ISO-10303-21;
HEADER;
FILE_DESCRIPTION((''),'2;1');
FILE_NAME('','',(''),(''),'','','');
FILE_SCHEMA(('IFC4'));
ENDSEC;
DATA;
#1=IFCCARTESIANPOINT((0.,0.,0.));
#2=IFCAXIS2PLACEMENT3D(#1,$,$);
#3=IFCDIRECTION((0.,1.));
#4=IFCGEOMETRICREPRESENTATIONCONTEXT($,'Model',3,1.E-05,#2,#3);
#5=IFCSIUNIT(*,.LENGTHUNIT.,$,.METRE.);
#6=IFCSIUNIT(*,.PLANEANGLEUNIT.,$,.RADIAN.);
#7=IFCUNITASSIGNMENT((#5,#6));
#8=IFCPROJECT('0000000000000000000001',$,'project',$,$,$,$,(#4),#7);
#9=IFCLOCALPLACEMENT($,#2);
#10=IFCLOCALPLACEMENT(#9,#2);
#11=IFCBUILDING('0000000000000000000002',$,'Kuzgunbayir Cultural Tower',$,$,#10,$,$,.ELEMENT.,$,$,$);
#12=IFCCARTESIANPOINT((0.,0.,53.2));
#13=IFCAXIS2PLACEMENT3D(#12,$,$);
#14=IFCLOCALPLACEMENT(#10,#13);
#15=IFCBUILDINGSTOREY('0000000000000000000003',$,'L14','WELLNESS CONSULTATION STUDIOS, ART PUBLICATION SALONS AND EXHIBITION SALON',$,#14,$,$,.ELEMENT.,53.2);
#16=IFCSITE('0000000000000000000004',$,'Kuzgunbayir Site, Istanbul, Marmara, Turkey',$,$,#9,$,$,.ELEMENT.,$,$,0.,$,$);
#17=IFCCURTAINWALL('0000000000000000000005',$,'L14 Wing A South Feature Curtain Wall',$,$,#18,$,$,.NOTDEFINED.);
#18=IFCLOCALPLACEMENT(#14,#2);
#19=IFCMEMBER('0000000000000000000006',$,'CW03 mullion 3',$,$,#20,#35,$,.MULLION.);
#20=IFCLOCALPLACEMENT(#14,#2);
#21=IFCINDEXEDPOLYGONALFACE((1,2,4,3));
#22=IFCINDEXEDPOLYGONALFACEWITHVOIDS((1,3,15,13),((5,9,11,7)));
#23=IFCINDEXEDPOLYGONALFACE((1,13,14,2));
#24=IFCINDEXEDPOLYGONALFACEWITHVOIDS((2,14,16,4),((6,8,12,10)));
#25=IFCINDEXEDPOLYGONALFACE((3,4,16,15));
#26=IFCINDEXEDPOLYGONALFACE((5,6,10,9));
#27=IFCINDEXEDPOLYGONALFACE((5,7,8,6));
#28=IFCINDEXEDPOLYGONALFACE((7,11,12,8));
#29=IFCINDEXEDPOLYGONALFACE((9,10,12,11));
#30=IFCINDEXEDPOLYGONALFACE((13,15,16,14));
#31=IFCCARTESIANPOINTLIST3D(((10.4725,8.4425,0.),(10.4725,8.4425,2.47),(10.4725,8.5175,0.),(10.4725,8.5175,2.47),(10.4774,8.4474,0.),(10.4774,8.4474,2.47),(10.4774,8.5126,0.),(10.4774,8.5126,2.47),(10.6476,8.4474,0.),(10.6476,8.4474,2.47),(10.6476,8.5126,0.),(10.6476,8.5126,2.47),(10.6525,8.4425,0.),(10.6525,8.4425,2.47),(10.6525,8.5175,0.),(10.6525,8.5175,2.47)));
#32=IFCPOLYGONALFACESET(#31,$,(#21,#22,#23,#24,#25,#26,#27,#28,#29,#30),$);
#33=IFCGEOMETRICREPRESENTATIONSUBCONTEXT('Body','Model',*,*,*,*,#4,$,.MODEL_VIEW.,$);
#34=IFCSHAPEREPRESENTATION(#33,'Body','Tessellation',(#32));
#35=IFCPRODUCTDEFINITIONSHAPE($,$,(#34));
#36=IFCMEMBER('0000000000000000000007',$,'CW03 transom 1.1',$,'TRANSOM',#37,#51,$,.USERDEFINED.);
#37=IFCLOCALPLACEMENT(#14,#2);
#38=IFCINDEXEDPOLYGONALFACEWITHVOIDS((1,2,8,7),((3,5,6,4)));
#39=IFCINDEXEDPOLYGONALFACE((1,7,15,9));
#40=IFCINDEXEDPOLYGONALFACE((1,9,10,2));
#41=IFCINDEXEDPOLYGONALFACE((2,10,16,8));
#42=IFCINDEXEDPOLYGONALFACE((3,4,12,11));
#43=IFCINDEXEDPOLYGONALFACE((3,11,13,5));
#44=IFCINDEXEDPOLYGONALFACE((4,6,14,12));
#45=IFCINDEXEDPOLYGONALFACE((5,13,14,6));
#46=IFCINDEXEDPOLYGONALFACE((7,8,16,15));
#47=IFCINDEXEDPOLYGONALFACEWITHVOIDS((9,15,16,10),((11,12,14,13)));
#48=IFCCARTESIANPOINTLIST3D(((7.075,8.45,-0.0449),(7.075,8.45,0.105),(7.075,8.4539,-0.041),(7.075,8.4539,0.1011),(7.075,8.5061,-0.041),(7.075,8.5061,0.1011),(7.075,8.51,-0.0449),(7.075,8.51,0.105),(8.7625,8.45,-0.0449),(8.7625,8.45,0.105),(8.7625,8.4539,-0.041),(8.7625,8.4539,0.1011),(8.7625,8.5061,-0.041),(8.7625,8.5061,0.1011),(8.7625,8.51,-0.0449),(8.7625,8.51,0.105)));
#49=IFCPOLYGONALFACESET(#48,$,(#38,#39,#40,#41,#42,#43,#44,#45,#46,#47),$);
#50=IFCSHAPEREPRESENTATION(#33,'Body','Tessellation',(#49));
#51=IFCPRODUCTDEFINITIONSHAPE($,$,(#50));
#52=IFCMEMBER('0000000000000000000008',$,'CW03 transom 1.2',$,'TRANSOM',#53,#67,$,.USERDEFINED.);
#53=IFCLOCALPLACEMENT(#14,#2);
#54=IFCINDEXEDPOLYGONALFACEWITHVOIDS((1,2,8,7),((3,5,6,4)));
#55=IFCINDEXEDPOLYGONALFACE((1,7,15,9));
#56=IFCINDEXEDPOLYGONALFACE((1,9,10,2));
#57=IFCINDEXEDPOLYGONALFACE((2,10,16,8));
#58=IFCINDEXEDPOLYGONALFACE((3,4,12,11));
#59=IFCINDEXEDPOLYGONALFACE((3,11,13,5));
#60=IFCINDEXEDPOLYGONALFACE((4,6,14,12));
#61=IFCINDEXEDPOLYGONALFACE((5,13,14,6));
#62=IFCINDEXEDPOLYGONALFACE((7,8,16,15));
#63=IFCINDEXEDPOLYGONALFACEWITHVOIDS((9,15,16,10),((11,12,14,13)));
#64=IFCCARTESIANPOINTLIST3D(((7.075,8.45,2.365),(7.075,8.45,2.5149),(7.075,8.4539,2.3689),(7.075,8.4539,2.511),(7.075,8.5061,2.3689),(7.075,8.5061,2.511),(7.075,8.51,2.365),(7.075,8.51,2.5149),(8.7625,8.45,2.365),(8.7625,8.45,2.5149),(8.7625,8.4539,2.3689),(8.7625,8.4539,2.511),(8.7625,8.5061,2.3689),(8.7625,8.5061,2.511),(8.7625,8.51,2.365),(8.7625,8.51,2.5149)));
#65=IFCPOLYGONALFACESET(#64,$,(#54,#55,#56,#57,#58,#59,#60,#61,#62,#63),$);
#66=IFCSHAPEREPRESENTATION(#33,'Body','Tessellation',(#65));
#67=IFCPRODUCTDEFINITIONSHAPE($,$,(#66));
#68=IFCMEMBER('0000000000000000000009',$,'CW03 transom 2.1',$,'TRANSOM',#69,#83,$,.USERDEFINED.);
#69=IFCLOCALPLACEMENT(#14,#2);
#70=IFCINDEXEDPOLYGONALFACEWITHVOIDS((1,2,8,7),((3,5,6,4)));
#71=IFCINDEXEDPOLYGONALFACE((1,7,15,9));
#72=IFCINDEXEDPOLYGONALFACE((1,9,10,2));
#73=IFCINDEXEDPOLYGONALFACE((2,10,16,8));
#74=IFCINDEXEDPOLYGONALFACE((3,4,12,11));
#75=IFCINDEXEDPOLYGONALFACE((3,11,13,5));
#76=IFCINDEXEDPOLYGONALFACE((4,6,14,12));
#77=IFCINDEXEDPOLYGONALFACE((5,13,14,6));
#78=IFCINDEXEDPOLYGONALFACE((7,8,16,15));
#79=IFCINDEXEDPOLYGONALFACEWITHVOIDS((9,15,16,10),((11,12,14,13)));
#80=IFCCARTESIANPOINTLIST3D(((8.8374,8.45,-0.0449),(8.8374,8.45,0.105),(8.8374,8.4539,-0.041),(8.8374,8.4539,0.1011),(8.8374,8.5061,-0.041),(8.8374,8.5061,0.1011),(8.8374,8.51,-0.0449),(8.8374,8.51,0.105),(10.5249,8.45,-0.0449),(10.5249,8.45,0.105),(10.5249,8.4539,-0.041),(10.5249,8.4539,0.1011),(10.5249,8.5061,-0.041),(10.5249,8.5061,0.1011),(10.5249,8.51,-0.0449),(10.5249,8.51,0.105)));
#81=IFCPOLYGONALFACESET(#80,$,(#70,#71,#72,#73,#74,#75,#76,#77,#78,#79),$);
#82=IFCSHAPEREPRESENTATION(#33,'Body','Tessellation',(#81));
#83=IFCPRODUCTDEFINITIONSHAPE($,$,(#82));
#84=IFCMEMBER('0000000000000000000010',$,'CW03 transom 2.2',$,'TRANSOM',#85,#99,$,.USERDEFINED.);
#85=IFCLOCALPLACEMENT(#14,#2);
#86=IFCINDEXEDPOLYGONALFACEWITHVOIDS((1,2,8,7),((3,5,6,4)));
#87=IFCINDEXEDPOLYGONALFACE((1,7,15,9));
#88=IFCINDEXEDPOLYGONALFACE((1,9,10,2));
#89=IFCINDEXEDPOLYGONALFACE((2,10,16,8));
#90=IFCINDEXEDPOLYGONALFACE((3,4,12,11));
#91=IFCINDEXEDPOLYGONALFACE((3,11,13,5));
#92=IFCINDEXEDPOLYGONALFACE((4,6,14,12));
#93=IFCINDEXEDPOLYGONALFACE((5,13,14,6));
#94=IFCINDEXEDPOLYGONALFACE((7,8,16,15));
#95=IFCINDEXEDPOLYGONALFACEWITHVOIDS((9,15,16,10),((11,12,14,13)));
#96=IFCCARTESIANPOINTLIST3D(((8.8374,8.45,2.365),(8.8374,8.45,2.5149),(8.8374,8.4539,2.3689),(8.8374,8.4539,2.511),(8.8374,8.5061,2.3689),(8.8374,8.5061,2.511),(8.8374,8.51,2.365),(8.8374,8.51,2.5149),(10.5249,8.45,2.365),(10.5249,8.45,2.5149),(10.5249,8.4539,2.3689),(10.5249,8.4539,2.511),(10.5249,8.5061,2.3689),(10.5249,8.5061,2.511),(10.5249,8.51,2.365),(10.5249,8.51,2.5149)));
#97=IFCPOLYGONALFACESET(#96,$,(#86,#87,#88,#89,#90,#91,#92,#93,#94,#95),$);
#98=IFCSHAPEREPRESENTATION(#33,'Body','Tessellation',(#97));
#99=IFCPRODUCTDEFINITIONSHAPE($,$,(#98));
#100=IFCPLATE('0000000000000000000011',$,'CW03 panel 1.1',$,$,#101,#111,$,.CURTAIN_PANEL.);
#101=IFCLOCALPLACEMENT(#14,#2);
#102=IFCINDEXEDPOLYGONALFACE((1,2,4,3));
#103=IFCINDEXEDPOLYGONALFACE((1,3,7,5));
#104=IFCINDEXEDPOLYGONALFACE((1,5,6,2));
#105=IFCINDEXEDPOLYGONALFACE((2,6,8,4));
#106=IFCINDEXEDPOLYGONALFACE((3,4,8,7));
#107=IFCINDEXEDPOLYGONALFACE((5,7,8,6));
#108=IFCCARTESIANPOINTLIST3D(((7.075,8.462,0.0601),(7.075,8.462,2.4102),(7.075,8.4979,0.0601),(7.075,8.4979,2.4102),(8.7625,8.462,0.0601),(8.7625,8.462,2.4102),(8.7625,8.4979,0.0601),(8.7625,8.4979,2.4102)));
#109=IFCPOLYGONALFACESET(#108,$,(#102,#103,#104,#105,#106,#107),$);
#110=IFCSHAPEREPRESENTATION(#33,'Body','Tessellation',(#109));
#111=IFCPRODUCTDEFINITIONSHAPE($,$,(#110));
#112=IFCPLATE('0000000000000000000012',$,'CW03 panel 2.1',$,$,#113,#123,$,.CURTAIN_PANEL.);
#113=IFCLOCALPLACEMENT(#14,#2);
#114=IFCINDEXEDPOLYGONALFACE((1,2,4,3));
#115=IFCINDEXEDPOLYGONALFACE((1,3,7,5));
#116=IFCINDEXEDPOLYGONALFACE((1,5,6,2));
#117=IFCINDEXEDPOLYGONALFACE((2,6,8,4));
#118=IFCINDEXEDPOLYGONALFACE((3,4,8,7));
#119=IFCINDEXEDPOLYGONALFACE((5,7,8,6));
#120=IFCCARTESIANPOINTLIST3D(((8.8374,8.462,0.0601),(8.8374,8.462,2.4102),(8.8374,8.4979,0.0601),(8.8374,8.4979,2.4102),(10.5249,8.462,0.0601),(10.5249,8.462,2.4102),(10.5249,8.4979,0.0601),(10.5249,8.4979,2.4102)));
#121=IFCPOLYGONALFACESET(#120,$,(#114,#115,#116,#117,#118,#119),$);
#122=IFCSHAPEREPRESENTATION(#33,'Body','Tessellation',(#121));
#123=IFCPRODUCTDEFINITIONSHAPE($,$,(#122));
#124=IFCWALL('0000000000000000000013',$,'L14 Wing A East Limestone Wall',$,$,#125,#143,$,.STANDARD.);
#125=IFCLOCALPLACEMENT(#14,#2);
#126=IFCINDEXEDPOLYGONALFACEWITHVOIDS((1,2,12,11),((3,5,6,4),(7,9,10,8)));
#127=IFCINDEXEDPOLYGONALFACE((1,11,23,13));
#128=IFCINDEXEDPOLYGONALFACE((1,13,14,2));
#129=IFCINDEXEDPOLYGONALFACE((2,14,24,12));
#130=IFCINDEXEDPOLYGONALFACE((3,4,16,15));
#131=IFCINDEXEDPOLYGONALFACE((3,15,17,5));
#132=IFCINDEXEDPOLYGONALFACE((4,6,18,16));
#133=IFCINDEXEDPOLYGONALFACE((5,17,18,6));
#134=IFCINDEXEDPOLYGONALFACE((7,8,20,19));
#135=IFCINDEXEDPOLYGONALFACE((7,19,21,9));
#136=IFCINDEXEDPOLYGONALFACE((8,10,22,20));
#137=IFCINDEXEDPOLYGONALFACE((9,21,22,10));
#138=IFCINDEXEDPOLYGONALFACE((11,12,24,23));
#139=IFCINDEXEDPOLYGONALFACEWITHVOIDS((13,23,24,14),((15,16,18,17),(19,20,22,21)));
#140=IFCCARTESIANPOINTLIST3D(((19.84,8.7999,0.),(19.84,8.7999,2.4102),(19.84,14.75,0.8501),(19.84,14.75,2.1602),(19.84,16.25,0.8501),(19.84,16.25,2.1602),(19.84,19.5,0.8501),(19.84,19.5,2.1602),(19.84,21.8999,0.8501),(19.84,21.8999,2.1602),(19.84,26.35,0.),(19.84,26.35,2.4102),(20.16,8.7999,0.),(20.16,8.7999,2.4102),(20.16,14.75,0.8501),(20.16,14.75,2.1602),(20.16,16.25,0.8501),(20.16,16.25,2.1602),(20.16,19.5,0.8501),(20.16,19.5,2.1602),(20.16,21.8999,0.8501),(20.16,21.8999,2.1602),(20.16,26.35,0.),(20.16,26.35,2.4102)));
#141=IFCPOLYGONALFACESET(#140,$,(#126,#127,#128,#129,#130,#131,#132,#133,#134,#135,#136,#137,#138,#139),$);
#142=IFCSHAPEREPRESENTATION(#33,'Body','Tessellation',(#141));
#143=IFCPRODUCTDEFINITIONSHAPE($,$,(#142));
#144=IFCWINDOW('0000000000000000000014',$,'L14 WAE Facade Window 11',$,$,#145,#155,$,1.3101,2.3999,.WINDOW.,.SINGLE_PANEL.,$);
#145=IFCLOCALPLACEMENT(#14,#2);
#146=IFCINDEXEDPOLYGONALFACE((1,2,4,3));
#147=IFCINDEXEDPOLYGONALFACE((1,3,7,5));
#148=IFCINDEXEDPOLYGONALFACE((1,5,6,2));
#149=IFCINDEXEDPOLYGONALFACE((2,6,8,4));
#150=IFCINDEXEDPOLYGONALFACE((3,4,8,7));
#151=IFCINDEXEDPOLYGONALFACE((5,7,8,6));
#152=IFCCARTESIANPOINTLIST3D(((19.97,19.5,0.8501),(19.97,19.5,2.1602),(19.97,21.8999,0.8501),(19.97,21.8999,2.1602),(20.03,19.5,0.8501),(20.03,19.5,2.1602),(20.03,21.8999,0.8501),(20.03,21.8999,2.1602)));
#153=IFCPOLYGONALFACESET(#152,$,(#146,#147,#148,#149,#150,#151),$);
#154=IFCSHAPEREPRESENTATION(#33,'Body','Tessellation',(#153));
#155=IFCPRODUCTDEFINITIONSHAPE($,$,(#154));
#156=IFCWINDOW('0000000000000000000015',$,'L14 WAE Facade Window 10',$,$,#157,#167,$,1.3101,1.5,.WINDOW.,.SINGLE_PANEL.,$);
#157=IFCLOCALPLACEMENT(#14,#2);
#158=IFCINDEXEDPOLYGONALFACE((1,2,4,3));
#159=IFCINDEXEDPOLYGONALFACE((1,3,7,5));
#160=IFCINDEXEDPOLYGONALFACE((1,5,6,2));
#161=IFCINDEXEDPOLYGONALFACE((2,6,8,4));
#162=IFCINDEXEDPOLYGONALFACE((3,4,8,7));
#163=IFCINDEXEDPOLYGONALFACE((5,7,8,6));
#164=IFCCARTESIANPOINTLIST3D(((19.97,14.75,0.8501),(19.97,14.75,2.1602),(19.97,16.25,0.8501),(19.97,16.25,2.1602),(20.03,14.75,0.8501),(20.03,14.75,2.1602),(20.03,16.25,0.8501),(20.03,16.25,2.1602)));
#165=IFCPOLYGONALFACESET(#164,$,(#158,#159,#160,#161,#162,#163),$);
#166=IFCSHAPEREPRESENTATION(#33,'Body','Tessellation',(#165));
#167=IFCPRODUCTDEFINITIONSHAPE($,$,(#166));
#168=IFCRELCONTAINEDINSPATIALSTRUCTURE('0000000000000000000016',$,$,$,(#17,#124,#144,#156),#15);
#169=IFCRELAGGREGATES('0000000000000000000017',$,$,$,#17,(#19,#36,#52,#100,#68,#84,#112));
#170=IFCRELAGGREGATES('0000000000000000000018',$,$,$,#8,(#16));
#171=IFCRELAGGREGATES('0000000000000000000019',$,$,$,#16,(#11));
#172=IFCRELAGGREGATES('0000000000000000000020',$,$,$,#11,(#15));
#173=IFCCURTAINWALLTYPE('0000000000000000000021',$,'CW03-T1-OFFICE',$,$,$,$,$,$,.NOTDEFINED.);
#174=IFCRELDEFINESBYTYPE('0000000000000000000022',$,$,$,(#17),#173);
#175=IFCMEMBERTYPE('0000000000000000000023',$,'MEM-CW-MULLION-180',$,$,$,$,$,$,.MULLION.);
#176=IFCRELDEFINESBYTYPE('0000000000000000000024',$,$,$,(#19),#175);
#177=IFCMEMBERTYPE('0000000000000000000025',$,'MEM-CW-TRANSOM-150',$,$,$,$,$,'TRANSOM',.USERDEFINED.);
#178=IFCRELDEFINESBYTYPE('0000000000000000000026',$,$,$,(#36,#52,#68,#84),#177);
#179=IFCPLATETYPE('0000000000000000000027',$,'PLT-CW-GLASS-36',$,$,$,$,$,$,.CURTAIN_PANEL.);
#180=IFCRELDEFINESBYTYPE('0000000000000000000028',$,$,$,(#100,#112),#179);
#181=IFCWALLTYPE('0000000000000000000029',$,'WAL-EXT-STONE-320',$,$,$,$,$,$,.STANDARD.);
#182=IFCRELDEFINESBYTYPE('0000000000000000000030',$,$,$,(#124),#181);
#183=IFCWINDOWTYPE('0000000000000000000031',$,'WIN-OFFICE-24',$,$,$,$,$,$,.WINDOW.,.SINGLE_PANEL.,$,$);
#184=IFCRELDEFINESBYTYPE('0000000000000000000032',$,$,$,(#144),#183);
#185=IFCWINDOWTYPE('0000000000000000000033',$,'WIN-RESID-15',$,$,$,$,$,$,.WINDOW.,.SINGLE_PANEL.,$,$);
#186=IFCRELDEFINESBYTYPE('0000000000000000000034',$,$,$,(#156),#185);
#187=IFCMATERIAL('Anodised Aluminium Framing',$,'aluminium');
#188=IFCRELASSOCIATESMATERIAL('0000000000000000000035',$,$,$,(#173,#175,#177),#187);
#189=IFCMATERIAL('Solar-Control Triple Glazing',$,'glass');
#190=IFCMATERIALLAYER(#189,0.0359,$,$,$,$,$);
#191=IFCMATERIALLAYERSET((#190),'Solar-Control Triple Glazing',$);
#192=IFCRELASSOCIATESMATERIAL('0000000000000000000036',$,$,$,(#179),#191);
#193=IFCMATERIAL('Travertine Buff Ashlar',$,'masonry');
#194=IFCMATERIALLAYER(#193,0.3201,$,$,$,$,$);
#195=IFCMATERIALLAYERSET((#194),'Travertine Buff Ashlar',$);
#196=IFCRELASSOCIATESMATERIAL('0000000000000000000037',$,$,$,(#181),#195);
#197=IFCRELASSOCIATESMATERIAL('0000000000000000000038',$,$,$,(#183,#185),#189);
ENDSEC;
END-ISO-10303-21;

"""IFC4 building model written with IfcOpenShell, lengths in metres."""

from ifc_helpers import new_model, si_unit, direction, frame, frame_2d, origin, origin_2d, place, context, subcontext, project, spatial, rectangle, hollow_rectangle, extrude, material, layer, layer_set, material_profile, profile_set, type_object, element, fill, aggregate, save


model = new_model("IFC4")

# Units and contexts
model_context = context("Model", 3, precision=1e-05, world=origin(), true_north=direction((0.0, 1.0)))
body_context = subcontext(model_context, "Body", "Model", "MODEL_VIEW")
ifc_project = project(units=[si_unit("LENGTHUNIT", "METRE"), si_unit("PLANEANGLEUNIT", "RADIAN")], contexts=[model_context])

# Site, building, storey
site_placement = place(None, origin())
site = spatial("IfcSite", under=ifc_project, at=site_placement, Name="Kuzgunbayir Site, Istanbul, Marmara, Turkey", CompositionType="ELEMENT", RefElevation=0.0)
building_placement = place(site_placement, origin())
building = spatial("IfcBuilding", under=site, at=building_placement, Name="Kuzgunbayir Cultural Tower", CompositionType="ELEMENT")
storey_placement = place(building_placement, frame((0.0, 0.0, 53.2)))
storey = spatial("IfcBuildingStorey", under=building, at=storey_placement, Name="L14", Description="WELLNESS CONSULTATION STUDIOS, ART PUBLICATION SALONS AND EXHIBITION SALON", CompositionType="ELEMENT", Elevation=53.2)

# Curtain wall, members, plates
ifc_material_1 = material(Name="Anodised Aluminium Framing", Category="aluminium")
curtain_wall_type = type_object("IfcCurtainWallType", Name="CW03-T1-OFFICE", PredefinedType="NOTDEFINED", material=ifc_material_1)
curtain_wall_placement = place(storey_placement, origin())
curtain_wall = element("IfcCurtainWall", 1, at=curtain_wall_placement, inside=storey, type_object=curtain_wall_type, Name="L14 Wing A South Feature Curtain Wall", PredefinedType="NOTDEFINED")
ifc_material_profile_1 = material_profile(ifc_material_1, hollow_rectangle(XDim=0.075, YDim=0.1799, WallThickness=0.0049, at=origin_2d()), Name="RHS 180x75x5")
ifc_profile_set_1 = profile_set([ifc_material_profile_1], Name="Anodised Aluminium Framing")
member_type_1 = type_object("IfcMemberType", Name="MEM-CW-MULLION-180", PredefinedType="MULLION", material=ifc_profile_set_1)
member_1_placement = place(storey_placement, frame((10.5625, 8.48, 0.0), z_axis=(0.0, 0.0, 1.0), x_axis=(0.0, 1.0, 0.0)))
member_1 = element("IfcMember", 2, at=member_1_placement, type_object=member_type_1, Name="CW03 mullion 3", PredefinedType="MULLION", context=body_context, shape_type="SweptSolid", body=[
    extrude(hollow_rectangle(XDim=0.075, YDim=0.1799, WallThickness=0.0049, at=origin_2d()), origin(), (0.0, 0.0, 1.0), 2.47),
])
ifc_material_profile_2 = material_profile(ifc_material_1, hollow_rectangle(XDim=0.0601, YDim=0.1499, WallThickness=0.0039, at=origin_2d()), Name="RHS 150x60x4")
ifc_profile_set_2 = profile_set([ifc_material_profile_2], Name="Anodised Aluminium Framing")
member_type_2 = type_object("IfcMemberType", Name="MEM-CW-TRANSOM-150", ElementType="TRANSOM", PredefinedType="USERDEFINED", material=ifc_profile_set_2)
member_2_placement = place(storey_placement, frame((7.075, 8.48, 0.03), z_axis=(1.0, 0.0, 0.0), x_axis=(0.0, 1.0, 0.0)))
member_2 = element("IfcMember", 3, at=member_2_placement, type_object=member_type_2, Name="CW03 transom 1.1", ObjectType="TRANSOM", PredefinedType="USERDEFINED", context=body_context, shape_type="SweptSolid", body=[
    extrude(hollow_rectangle(XDim=0.0601, YDim=0.1499, WallThickness=0.0039, at=origin_2d()), origin(), (0.0, 0.0, 1.0), 1.6875),
])
member_3_placement = place(storey_placement, frame((7.075, 8.48, 2.4399), z_axis=(1.0, 0.0, 0.0), x_axis=(0.0, 1.0, 0.0)))
member_3 = element("IfcMember", 4, at=member_3_placement, type_object=member_type_2, Name="CW03 transom 1.2", ObjectType="TRANSOM", PredefinedType="USERDEFINED", context=body_context, shape_type="SweptSolid", body=[
    extrude(hollow_rectangle(XDim=0.0601, YDim=0.1499, WallThickness=0.0039, at=origin_2d()), origin(), (0.0, 0.0, 1.0), 1.6875),
])
member_4_placement = place(storey_placement, frame((8.8374, 8.48, 0.03), z_axis=(1.0, 0.0, 0.0), x_axis=(0.0, 1.0, 0.0)))
member_4 = element("IfcMember", 5, at=member_4_placement, type_object=member_type_2, Name="CW03 transom 2.1", ObjectType="TRANSOM", PredefinedType="USERDEFINED", context=body_context, shape_type="SweptSolid", body=[
    extrude(hollow_rectangle(XDim=0.0601, YDim=0.1499, WallThickness=0.0039, at=origin_2d()), origin(), (0.0, 0.0, 1.0), 1.6875),
])
member_5_placement = place(storey_placement, frame((8.8374, 8.48, 2.4399), z_axis=(1.0, 0.0, 0.0), x_axis=(0.0, 1.0, 0.0)))
member_5 = element("IfcMember", 6, at=member_5_placement, type_object=member_type_2, Name="CW03 transom 2.2", ObjectType="TRANSOM", PredefinedType="USERDEFINED", context=body_context, shape_type="SweptSolid", body=[
    extrude(hollow_rectangle(XDim=0.0601, YDim=0.1499, WallThickness=0.0039, at=origin_2d()), origin(), (0.0, 0.0, 1.0), 1.6875),
])
ifc_material_2 = material(Name="Solar-Control Triple Glazing", Category="glass")
ifc_layer_1 = layer(ifc_material_2, 0.0359)
ifc_layer_set_1 = layer_set([ifc_layer_1], Name="Solar-Control Triple Glazing")
plate_type = type_object("IfcPlateType", Name="PLT-CW-GLASS-36", PredefinedType="CURTAIN_PANEL", material=ifc_layer_set_1)
plate_1_placement = place(storey_placement, frame((7.9187, 8.48, 0.0601), z_axis=(0.0, 0.0, 1.0), x_axis=(1.0, 0.0, 0.0)))
plate_1 = element("IfcPlate", 7, at=plate_1_placement, type_object=plate_type, Name="CW03 panel 1.1", PredefinedType="CURTAIN_PANEL", context=body_context, shape_type="SweptSolid", body=[
    extrude(rectangle(XDim=1.6875, YDim=0.0359, at=origin_2d()), origin(), (0.0, 0.0, 1.0), 2.3501),
])
plate_2_placement = place(storey_placement, frame((9.6812, 8.48, 0.0601), z_axis=(0.0, 0.0, 1.0), x_axis=(1.0, 0.0, 0.0)))
plate_2 = element("IfcPlate", 8, at=plate_2_placement, type_object=plate_type, Name="CW03 panel 2.1", PredefinedType="CURTAIN_PANEL", context=body_context, shape_type="SweptSolid", body=[
    extrude(rectangle(XDim=1.6875, YDim=0.0359, at=origin_2d()), origin(), (0.0, 0.0, 1.0), 2.3501),
])
aggregate(curtain_wall, [member_1, member_2, member_3, plate_1, member_4, member_5, plate_2])

# Wall, openings, windows
ifc_material_3 = material(Name="Travertine Buff Ashlar", Category="masonry")
ifc_layer_2 = layer(ifc_material_3, 0.3201)
ifc_layer_set_2 = layer_set([ifc_layer_2], Name="Travertine Buff Ashlar")
wall_type_1 = type_object("IfcWallType", Name="WAL-EXT-STONE-320", PredefinedType="STANDARD", material=ifc_layer_set_2)
wall_1_placement = place(storey_placement, frame((20.0, 8.8, 0.0), z_axis=(0.0, 0.0, 1.0), x_axis=(0.0, 1.0, 0.0)))
wall_1 = element("IfcWall", 9, at=wall_1_placement, inside=storey, type_object=wall_type_1, Name="L14 Wing A East Limestone Wall", PredefinedType="STANDARD", context=body_context, shape_type="SweptSolid", body=[
    extrude(rectangle(XDim=17.55, YDim=0.3201, at=frame_2d((8.7749, 0.0))), origin(), (0.0, 0.0, 1.0), 2.4102),
])
opening_1_placement = place(wall_1_placement, frame((5.95, 0.0, 0.8501)))
opening_1 = element("IfcOpeningElement", 10, at=opening_1_placement, cuts=wall_1, PredefinedType="OPENING", context=body_context, shape_type="SweptSolid", body=[
    extrude(rectangle(XDim=1.5, YDim=1.3101, at=frame_2d((0.75, 0.655))), frame((0.0, 0.1699, 0.0), z_axis=(0.0, -1.0, 0.0), x_axis=(1.0, 0.0, 0.0)), (0.0, 0.0, 1.0), 0.3401),
])
opening_2_placement = place(wall_1_placement, frame((10.7, 0.0, 0.8501)))
opening_2 = element("IfcOpeningElement", 11, at=opening_2_placement, cuts=wall_1, PredefinedType="OPENING", context=body_context, shape_type="SweptSolid", body=[
    extrude(rectangle(XDim=2.3999, YDim=1.3101, at=frame_2d((1.2, 0.655))), frame((0.0, 0.1699, 0.0), z_axis=(0.0, -1.0, 0.0), x_axis=(1.0, 0.0, 0.0)), (0.0, 0.0, 1.0), 0.3401),
])
window_type_1 = type_object("IfcWindowType", Name="WIN-OFFICE-24", PartitioningType="SINGLE_PANEL", PredefinedType="WINDOW", material=ifc_material_2)
window_1_placement = place(opening_2_placement, origin())
window_1 = element("IfcWindow", 12, at=window_1_placement, inside=storey, type_object=window_type_1, Name="L14 WAE Facade Window 11", OverallHeight=1.3101, OverallWidth=2.3999, PartitioningType="SINGLE_PANEL", PredefinedType="WINDOW", context=body_context, shape_type="SweptSolid", body=[
    extrude(rectangle(XDim=2.3999, YDim=1.3101, at=frame_2d((1.2, 0.655))), frame((0.0, 0.03, 0.0), z_axis=(0.0, -1.0, 0.0), x_axis=(1.0, 0.0, 0.0)), (0.0, 0.0, 1.0), 0.0601),
])
fill(opening_2, window_1)
window_type_2 = type_object("IfcWindowType", Name="WIN-RESID-15", PartitioningType="SINGLE_PANEL", PredefinedType="WINDOW", material=ifc_material_2)
window_2_placement = place(opening_1_placement, origin())
window_2 = element("IfcWindow", 13, at=window_2_placement, inside=storey, type_object=window_type_2, Name="L14 WAE Facade Window 10", OverallHeight=1.3101, OverallWidth=1.5, PartitioningType="SINGLE_PANEL", PredefinedType="WINDOW", context=body_context, shape_type="SweptSolid", body=[
    extrude(rectangle(XDim=1.5, YDim=1.3101, at=frame_2d((0.75, 0.655))), frame((0.0, 0.03, 0.0), z_axis=(0.0, -1.0, 0.0), x_axis=(1.0, 0.0, 0.0)), (0.0, 0.0, 1.0), 0.0601),
])
fill(opening_1, window_2)

save(model, "model.ifc")
